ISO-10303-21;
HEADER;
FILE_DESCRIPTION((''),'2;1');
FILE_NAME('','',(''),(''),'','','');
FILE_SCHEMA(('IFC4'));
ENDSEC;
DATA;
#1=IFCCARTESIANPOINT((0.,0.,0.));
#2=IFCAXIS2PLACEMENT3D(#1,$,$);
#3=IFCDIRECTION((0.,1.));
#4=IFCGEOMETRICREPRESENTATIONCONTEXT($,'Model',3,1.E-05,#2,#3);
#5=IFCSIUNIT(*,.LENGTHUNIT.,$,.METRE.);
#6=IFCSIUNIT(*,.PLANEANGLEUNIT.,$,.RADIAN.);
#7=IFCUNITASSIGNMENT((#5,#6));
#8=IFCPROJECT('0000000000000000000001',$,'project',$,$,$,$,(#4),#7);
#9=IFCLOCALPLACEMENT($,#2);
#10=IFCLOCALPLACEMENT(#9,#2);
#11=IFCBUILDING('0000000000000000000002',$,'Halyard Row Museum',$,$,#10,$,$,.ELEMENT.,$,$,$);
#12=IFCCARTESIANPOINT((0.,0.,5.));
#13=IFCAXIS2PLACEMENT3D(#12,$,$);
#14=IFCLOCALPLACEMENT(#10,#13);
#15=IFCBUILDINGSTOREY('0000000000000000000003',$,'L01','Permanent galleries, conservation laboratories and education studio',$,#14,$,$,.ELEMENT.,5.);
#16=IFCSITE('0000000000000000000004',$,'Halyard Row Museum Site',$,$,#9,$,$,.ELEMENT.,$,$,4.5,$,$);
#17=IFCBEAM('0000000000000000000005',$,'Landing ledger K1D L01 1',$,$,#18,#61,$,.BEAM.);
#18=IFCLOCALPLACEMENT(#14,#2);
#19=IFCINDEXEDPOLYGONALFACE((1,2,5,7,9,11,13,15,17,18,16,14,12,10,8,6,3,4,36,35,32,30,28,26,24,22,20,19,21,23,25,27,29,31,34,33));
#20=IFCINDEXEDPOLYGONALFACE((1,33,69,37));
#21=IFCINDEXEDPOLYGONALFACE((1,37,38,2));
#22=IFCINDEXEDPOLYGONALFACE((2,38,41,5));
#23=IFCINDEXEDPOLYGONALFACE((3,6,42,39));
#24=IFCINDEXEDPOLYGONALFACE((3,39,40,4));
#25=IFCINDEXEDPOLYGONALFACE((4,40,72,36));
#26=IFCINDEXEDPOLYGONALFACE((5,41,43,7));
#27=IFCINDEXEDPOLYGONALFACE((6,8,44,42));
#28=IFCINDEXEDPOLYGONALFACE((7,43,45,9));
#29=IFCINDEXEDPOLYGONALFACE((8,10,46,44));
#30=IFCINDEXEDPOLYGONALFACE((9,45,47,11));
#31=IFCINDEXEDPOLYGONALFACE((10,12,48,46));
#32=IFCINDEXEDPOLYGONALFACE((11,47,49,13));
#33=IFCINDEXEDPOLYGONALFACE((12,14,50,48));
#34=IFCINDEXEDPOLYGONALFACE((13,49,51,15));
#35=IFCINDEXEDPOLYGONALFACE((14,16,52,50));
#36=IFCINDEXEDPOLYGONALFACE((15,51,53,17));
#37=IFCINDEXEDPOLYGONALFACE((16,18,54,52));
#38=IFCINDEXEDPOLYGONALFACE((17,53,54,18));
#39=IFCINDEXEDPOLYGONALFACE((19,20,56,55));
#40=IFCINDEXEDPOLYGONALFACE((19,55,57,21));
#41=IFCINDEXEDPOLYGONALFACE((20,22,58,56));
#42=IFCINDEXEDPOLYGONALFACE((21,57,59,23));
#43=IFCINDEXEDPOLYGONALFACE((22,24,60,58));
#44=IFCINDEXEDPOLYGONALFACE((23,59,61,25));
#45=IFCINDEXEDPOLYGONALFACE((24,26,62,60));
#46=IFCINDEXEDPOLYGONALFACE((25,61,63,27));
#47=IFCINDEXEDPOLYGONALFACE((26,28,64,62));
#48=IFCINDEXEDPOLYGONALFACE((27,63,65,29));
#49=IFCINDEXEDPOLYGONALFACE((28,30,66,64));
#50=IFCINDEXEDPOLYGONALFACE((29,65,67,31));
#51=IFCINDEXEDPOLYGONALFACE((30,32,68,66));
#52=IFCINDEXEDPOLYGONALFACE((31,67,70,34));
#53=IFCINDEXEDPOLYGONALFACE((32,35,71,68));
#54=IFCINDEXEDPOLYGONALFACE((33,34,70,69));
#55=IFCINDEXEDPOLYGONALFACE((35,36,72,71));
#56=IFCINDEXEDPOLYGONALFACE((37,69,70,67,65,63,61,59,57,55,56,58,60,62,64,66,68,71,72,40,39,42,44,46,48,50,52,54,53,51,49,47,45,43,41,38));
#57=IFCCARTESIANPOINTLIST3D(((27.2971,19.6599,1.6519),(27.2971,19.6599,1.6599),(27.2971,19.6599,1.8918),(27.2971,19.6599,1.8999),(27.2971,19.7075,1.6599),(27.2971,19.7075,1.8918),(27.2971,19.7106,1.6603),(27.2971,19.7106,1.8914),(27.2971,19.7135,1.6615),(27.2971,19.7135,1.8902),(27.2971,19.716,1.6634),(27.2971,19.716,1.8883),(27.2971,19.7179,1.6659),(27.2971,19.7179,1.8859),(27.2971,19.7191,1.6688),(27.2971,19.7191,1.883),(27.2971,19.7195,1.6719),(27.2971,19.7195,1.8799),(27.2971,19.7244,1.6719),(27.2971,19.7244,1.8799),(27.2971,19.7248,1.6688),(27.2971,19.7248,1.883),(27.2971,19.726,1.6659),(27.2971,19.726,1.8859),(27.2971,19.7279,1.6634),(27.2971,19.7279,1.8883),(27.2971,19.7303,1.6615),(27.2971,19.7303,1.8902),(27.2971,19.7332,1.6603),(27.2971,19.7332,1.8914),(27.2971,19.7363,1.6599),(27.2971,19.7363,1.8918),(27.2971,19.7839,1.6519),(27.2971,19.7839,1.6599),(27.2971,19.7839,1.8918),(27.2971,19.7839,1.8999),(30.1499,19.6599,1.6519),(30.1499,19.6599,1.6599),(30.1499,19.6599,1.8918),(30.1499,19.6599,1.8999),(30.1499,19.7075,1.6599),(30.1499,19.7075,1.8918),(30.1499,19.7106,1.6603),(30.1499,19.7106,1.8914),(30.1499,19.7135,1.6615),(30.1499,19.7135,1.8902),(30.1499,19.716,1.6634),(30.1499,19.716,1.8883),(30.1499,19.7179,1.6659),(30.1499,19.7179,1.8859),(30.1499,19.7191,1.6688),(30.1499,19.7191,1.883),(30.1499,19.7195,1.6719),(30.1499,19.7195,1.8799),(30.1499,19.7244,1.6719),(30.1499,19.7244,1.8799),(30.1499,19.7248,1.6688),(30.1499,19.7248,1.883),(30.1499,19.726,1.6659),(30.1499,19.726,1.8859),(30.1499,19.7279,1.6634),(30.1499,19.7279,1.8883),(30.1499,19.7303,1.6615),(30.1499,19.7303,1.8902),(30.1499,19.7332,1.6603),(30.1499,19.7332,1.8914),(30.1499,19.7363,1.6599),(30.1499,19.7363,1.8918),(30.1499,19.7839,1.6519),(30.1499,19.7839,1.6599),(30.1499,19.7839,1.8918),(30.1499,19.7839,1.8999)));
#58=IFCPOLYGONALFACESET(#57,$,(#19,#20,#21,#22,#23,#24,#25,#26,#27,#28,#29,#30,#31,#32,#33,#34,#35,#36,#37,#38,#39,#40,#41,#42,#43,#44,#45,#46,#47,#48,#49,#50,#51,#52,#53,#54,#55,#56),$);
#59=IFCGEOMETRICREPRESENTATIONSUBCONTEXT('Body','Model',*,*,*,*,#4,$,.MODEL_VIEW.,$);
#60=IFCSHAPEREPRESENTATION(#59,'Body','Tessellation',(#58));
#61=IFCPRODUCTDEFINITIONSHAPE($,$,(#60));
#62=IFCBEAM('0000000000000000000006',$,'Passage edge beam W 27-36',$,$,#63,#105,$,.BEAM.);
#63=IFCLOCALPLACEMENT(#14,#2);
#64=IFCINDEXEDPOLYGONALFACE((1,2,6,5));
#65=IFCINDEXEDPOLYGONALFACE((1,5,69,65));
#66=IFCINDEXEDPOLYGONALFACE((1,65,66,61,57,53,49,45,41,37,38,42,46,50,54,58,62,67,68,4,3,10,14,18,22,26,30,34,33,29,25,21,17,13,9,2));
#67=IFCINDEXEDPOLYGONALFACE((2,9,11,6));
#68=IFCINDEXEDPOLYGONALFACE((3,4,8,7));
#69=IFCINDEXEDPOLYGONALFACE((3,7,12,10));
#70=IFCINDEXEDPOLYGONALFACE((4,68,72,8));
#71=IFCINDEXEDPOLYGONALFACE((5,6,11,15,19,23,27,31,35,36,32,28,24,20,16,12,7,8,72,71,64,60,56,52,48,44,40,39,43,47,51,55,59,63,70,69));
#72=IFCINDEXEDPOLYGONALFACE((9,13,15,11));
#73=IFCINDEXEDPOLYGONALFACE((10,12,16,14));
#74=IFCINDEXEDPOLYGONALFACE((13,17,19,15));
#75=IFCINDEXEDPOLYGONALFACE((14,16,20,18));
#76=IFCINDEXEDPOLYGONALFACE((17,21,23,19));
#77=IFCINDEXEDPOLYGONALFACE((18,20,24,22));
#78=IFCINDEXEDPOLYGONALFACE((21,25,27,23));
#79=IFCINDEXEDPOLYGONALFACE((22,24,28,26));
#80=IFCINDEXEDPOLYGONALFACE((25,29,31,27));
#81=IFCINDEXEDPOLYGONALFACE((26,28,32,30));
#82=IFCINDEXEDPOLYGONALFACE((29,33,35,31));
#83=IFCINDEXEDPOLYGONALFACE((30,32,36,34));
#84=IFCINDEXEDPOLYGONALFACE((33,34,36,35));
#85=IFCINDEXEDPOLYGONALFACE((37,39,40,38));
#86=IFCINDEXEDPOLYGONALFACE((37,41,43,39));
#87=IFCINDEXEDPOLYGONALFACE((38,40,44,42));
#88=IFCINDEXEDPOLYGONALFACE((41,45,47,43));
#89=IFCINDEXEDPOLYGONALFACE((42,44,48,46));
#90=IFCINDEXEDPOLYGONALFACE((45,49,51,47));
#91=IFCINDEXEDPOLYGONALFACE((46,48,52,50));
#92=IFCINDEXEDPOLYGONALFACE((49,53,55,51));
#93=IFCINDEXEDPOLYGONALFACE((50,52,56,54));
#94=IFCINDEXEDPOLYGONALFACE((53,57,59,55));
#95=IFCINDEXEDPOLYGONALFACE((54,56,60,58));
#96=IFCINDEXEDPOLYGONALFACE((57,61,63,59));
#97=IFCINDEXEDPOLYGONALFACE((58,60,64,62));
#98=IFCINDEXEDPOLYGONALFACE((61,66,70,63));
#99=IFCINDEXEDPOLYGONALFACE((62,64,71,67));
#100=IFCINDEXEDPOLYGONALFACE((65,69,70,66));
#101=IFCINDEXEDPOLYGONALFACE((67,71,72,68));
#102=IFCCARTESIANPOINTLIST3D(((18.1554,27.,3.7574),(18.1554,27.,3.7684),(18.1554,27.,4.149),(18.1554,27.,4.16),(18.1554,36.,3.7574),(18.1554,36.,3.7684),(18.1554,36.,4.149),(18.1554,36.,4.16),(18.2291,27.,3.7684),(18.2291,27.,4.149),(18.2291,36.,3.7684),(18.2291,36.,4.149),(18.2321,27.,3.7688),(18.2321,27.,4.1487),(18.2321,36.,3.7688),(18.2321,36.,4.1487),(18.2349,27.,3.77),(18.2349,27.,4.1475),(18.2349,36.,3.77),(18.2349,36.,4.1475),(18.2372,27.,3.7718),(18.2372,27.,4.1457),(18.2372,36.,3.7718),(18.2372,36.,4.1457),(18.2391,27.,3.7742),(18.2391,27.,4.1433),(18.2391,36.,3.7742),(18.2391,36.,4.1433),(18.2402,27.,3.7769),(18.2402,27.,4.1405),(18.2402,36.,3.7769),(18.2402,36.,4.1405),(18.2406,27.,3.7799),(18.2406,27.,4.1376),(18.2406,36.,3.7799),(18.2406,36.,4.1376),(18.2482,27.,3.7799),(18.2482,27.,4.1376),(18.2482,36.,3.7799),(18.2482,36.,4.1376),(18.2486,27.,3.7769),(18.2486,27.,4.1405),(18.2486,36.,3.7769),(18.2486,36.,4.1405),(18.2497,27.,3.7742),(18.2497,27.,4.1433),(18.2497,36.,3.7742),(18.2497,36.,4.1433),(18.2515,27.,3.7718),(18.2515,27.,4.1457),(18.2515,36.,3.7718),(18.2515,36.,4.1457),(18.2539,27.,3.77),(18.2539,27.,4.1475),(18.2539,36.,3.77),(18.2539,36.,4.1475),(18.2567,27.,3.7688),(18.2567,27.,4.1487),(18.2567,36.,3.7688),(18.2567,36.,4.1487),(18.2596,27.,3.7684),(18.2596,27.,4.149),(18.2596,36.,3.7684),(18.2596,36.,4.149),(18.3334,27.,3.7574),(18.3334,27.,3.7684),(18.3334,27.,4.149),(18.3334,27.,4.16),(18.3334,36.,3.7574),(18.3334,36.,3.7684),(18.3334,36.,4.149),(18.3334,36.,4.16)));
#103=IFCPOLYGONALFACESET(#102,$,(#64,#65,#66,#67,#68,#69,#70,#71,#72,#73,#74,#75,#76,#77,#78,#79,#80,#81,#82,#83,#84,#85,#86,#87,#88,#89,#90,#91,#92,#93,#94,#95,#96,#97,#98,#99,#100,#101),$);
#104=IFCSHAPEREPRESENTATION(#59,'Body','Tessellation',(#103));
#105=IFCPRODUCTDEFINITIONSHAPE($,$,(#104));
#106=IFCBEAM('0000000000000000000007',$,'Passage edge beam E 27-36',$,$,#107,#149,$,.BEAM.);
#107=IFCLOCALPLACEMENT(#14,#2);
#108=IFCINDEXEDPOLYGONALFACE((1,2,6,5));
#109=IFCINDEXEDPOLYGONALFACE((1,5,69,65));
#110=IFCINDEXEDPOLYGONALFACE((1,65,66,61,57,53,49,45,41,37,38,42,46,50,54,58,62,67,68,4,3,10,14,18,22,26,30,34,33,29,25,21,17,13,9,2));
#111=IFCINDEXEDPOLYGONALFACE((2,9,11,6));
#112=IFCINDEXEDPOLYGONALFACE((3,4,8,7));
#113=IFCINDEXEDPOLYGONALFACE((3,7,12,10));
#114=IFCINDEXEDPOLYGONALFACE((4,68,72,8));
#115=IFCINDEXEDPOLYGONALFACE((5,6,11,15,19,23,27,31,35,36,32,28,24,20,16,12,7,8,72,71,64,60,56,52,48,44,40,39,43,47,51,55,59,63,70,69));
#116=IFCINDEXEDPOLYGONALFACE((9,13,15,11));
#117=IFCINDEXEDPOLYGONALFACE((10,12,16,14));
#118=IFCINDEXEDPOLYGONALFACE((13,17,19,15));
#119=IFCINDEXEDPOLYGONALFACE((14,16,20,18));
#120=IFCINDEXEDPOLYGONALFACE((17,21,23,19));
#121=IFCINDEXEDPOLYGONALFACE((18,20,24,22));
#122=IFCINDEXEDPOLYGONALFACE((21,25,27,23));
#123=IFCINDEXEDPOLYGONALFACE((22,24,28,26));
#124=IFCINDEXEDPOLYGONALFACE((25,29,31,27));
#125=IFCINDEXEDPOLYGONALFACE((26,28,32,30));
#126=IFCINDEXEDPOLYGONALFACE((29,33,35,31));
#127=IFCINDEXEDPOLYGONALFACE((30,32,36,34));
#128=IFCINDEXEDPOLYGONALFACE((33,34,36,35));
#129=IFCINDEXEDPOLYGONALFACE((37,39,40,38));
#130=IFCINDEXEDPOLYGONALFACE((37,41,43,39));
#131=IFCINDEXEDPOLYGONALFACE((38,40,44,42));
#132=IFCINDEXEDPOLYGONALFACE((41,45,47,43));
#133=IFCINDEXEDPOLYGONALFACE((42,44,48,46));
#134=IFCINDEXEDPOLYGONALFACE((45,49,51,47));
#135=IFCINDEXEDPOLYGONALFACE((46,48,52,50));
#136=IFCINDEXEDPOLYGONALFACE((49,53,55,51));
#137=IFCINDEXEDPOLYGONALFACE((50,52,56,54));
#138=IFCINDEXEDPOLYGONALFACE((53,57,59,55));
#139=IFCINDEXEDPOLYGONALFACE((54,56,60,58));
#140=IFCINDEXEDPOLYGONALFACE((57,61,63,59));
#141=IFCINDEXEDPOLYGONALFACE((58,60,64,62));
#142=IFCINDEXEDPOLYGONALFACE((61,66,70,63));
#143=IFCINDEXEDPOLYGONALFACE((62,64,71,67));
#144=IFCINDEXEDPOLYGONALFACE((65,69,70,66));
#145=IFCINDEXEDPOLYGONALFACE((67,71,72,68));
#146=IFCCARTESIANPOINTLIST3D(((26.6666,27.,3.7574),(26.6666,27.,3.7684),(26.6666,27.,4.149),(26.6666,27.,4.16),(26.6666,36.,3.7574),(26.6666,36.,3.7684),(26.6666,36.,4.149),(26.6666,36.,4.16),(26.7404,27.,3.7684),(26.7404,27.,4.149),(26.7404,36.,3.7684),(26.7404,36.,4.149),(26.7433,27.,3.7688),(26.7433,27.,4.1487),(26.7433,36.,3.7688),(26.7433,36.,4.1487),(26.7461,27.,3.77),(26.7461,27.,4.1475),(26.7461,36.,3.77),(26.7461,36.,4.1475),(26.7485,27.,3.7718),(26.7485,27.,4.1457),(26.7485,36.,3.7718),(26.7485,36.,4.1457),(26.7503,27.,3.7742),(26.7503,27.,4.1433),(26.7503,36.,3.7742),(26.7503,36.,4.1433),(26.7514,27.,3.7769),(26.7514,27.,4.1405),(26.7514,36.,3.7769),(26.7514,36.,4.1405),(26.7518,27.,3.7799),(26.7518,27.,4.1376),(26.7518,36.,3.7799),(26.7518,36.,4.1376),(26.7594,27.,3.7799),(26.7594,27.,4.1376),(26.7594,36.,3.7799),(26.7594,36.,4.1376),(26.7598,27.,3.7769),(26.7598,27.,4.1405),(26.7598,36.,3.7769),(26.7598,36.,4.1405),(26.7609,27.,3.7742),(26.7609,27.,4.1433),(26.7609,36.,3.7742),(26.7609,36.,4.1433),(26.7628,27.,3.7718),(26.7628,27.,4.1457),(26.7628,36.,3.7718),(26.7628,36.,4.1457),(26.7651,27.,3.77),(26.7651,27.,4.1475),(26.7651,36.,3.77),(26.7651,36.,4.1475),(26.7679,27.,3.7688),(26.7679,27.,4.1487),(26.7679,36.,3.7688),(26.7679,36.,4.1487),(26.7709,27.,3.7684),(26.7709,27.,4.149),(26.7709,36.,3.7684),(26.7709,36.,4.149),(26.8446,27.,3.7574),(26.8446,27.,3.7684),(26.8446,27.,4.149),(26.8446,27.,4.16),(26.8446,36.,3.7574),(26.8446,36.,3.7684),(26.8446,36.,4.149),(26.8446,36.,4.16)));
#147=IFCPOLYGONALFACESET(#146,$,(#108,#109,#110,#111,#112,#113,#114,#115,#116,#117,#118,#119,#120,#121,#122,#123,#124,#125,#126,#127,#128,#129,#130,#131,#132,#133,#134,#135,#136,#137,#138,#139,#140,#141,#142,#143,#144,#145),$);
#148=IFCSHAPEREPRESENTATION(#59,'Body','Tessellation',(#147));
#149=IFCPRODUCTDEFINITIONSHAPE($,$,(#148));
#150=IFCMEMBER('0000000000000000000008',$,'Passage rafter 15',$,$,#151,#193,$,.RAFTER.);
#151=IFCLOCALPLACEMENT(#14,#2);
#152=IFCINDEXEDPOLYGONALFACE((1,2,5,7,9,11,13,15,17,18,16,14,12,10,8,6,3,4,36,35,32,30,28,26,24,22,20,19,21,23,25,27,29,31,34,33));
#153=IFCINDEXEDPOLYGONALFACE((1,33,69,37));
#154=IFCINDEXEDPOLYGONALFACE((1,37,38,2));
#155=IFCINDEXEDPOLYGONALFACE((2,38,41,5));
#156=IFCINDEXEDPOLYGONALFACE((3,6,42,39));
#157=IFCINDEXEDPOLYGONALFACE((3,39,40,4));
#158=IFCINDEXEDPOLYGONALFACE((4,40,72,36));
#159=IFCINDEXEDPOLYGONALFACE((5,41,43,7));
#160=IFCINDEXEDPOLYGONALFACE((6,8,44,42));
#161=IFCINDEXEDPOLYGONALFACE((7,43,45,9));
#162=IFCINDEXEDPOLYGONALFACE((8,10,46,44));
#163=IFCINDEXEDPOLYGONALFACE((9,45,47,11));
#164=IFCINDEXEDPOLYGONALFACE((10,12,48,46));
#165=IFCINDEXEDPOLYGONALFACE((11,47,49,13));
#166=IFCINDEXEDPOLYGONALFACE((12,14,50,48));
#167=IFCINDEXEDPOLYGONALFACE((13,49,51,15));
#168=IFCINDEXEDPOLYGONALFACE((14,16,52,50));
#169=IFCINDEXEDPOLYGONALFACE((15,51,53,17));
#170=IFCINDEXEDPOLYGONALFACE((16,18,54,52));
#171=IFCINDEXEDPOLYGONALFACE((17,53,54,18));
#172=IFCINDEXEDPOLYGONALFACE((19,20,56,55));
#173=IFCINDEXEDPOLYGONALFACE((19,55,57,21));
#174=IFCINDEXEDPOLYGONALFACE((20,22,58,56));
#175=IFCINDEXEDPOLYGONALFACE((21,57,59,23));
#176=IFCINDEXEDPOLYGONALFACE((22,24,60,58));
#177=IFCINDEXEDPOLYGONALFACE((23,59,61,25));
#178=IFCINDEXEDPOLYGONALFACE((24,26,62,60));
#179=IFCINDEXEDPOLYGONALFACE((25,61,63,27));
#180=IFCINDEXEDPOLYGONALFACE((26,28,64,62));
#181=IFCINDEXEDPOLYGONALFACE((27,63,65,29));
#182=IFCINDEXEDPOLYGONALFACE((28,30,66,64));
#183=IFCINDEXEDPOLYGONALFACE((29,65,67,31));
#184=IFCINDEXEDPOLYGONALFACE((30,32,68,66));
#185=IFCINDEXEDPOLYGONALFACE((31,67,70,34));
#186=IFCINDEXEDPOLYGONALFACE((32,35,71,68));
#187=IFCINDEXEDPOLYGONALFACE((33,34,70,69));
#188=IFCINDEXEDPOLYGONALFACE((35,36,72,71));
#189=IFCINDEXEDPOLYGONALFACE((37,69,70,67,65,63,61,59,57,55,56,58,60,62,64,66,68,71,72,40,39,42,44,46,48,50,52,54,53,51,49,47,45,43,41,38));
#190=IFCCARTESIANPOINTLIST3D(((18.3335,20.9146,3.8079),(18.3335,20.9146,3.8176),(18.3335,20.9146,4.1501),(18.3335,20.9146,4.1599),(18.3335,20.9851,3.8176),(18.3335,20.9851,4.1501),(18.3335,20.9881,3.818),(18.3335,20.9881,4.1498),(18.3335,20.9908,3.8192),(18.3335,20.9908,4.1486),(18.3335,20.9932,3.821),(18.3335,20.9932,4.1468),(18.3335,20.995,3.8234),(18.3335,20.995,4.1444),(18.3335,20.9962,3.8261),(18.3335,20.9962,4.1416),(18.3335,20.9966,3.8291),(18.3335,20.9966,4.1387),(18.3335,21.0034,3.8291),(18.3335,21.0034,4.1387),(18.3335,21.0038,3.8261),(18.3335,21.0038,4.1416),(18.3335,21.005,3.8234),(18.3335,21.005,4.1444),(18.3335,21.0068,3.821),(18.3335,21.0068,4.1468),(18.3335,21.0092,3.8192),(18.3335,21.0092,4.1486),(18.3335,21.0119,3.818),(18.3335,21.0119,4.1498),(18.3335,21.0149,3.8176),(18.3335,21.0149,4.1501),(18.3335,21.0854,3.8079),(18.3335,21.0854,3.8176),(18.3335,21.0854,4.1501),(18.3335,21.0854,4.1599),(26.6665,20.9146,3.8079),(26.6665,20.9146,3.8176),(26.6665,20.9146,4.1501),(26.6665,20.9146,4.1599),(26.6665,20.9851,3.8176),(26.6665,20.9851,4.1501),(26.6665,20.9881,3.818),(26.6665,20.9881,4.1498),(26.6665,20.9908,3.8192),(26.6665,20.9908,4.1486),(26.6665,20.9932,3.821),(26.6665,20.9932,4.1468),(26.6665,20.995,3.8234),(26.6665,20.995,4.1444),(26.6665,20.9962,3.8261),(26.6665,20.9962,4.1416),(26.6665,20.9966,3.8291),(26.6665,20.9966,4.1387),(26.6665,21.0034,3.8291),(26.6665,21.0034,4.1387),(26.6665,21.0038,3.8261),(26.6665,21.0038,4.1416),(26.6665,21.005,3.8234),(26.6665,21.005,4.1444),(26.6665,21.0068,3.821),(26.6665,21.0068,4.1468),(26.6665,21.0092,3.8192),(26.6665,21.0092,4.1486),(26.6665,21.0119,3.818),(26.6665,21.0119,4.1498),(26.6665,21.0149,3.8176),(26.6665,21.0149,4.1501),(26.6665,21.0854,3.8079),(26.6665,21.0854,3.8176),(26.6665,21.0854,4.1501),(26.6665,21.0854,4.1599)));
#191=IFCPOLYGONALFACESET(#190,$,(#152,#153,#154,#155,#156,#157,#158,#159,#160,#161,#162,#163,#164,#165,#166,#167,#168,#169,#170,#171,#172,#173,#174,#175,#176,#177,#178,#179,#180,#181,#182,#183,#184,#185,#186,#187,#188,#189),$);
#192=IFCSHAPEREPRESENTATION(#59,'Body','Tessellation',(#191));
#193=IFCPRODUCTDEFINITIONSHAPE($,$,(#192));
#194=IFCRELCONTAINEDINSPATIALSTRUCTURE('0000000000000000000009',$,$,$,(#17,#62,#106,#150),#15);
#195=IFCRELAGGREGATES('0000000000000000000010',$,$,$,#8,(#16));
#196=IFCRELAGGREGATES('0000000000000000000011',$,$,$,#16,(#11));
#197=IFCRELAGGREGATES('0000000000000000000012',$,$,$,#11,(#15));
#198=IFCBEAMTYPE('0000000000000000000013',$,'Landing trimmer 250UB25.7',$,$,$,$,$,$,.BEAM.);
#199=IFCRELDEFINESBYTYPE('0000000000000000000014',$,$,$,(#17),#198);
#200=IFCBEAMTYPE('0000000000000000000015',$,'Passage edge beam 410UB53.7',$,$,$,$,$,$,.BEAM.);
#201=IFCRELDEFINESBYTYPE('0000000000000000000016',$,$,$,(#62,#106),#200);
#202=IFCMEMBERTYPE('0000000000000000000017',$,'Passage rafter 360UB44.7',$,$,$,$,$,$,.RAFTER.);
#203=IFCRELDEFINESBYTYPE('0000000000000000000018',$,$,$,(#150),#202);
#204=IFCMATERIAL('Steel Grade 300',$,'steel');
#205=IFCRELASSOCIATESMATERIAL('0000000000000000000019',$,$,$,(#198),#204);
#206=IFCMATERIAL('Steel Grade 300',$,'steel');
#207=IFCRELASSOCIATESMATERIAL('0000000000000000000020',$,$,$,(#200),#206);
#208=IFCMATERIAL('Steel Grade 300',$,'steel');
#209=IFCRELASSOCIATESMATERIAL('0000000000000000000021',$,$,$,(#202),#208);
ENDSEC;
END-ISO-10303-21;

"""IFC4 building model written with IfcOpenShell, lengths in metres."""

from ifc_helpers import new_model, si_unit, direction, frame, origin, origin_2d, place, context, subcontext, project, spatial, i_section, extrude, material, material_profile, profile_set, type_object, element, save


model = new_model("IFC4")

# Units and contexts
model_context = context("Model", 3, precision=1e-05, world=origin(), true_north=direction((0.0, 1.0)))
body_context = subcontext(model_context, "Body", "Model", "MODEL_VIEW")
ifc_project = project(units=[si_unit("LENGTHUNIT", "METRE"), si_unit("PLANEANGLEUNIT", "RADIAN")], contexts=[model_context])

# Site, building, storey
site_placement = place(None, origin())
site = spatial("IfcSite", under=ifc_project, at=site_placement, Name="Halyard Row Museum Site", CompositionType="ELEMENT", RefElevation=4.5)
building_placement = place(site_placement, origin())
building = spatial("IfcBuilding", under=site, at=building_placement, Name="Halyard Row Museum", CompositionType="ELEMENT")
storey_placement = place(building_placement, frame((0.0, 0.0, 5.0)))
storey = spatial("IfcBuildingStorey", under=building, at=storey_placement, Name="L01", Description="Permanent galleries, conservation laboratories and education studio", CompositionType="ELEMENT", Elevation=5.0)

# Beams
ifc_material_1 = material(Name="Steel Grade 300", Category="steel")
ifc_material_profile_1 = material_profile(ifc_material_1, i_section(OverallWidth=0.124, OverallDepth=0.248, WebThickness=0.0049, FlangeThickness=0.0081, FilletRadius=0.012, at=origin_2d()), Name="250UB25.7")
ifc_profile_set_1 = profile_set([ifc_material_profile_1], Name="Steel Grade 300")
beam_type_1 = type_object("IfcBeamType", Name="Landing trimmer 250UB25.7", PredefinedType="BEAM", material=ifc_profile_set_1)
beam_1_placement = place(storey_placement, frame((27.2971, 19.7219, 1.7759), z_axis=(1.0, 0.0, 0.0), x_axis=(0.0, 1.0, 0.0)))
element("IfcBeam", 1, at=beam_1_placement, inside=storey, type_object=beam_type_1, Name="Landing ledger K1D L01 1", PredefinedType="BEAM", context=body_context, shape_type="SweptSolid", body=[
    extrude(i_section(OverallWidth=0.124, OverallDepth=0.248, WebThickness=0.0049, FlangeThickness=0.0081, FilletRadius=0.012, at=origin_2d()), origin(), (0.0, 0.0, 1.0), 2.8528),
])
ifc_material_2 = material(Name="Steel Grade 300", Category="steel")
ifc_material_profile_2 = material_profile(ifc_material_2, i_section(OverallWidth=0.178, OverallDepth=0.4026, WebThickness=0.0076, FlangeThickness=0.011, FilletRadius=0.0115, at=origin_2d()), Name="410UB53.7")
ifc_profile_set_2 = profile_set([ifc_material_profile_2], Name="Steel Grade 300")
beam_type_2 = type_object("IfcBeamType", Name="Passage edge beam 410UB53.7", PredefinedType="BEAM", material=ifc_profile_set_2)
for number, where, z_axis, x_axis, name in (
    (2, (18.2444, 27.0, 3.9587), (0.0, 1.0, 0.0), (-1.0, 0.0, 0.0), "Passage edge beam W 27-36"),
    (3, (26.7556, 27.0, 3.9587), (0.0, 1.0, 0.0), (-1.0, 0.0, 0.0), "Passage edge beam E 27-36"),
):
    element("IfcBeam", number, at=place(storey_placement, frame(where, z_axis=z_axis, x_axis=x_axis)), inside=storey, type_object=beam_type_2, Name=name, PredefinedType="BEAM", context=body_context, shape_type="SweptSolid", body=[
        extrude(i_section(OverallWidth=0.178, OverallDepth=0.4026, WebThickness=0.0076, FlangeThickness=0.011, FilletRadius=0.0115, at=origin_2d()), origin(), (0.0, 0.0, 1.0), 9.0),
    ])

# Member
ifc_material_3 = material(Name="Steel Grade 300", Category="steel")
ifc_material_profile_3 = material_profile(ifc_material_3, i_section(OverallWidth=0.1709, OverallDepth=0.3521, WebThickness=0.0068, FlangeThickness=0.0098, FilletRadius=0.0115, at=origin_2d()), Name="360UB44.7")
ifc_profile_set_3 = profile_set([ifc_material_profile_3], Name="Steel Grade 300")
member_type_1 = type_object("IfcMemberType", Name="Passage rafter 360UB44.7", PredefinedType="RAFTER", material=ifc_profile_set_3)
for number, where, z_axis, x_axis, name in (
    (4, (18.3335, 21.0, 3.9839), (1.0, 0.0, 0.0), (0.0, 1.0, 0.0), "Passage rafter 15"),
):
    element("IfcMember", number, at=place(storey_placement, frame(where, z_axis=z_axis, x_axis=x_axis)), inside=storey, type_object=member_type_1, Name=name, PredefinedType="RAFTER", context=body_context, shape_type="SweptSolid", body=[
        extrude(i_section(OverallWidth=0.1709, OverallDepth=0.3521, WebThickness=0.0068, FlangeThickness=0.0098, FilletRadius=0.0115, at=origin_2d()), origin(), (0.0, 0.0, 1.0), 8.333),
    ])

save(model, "model.ifc")
